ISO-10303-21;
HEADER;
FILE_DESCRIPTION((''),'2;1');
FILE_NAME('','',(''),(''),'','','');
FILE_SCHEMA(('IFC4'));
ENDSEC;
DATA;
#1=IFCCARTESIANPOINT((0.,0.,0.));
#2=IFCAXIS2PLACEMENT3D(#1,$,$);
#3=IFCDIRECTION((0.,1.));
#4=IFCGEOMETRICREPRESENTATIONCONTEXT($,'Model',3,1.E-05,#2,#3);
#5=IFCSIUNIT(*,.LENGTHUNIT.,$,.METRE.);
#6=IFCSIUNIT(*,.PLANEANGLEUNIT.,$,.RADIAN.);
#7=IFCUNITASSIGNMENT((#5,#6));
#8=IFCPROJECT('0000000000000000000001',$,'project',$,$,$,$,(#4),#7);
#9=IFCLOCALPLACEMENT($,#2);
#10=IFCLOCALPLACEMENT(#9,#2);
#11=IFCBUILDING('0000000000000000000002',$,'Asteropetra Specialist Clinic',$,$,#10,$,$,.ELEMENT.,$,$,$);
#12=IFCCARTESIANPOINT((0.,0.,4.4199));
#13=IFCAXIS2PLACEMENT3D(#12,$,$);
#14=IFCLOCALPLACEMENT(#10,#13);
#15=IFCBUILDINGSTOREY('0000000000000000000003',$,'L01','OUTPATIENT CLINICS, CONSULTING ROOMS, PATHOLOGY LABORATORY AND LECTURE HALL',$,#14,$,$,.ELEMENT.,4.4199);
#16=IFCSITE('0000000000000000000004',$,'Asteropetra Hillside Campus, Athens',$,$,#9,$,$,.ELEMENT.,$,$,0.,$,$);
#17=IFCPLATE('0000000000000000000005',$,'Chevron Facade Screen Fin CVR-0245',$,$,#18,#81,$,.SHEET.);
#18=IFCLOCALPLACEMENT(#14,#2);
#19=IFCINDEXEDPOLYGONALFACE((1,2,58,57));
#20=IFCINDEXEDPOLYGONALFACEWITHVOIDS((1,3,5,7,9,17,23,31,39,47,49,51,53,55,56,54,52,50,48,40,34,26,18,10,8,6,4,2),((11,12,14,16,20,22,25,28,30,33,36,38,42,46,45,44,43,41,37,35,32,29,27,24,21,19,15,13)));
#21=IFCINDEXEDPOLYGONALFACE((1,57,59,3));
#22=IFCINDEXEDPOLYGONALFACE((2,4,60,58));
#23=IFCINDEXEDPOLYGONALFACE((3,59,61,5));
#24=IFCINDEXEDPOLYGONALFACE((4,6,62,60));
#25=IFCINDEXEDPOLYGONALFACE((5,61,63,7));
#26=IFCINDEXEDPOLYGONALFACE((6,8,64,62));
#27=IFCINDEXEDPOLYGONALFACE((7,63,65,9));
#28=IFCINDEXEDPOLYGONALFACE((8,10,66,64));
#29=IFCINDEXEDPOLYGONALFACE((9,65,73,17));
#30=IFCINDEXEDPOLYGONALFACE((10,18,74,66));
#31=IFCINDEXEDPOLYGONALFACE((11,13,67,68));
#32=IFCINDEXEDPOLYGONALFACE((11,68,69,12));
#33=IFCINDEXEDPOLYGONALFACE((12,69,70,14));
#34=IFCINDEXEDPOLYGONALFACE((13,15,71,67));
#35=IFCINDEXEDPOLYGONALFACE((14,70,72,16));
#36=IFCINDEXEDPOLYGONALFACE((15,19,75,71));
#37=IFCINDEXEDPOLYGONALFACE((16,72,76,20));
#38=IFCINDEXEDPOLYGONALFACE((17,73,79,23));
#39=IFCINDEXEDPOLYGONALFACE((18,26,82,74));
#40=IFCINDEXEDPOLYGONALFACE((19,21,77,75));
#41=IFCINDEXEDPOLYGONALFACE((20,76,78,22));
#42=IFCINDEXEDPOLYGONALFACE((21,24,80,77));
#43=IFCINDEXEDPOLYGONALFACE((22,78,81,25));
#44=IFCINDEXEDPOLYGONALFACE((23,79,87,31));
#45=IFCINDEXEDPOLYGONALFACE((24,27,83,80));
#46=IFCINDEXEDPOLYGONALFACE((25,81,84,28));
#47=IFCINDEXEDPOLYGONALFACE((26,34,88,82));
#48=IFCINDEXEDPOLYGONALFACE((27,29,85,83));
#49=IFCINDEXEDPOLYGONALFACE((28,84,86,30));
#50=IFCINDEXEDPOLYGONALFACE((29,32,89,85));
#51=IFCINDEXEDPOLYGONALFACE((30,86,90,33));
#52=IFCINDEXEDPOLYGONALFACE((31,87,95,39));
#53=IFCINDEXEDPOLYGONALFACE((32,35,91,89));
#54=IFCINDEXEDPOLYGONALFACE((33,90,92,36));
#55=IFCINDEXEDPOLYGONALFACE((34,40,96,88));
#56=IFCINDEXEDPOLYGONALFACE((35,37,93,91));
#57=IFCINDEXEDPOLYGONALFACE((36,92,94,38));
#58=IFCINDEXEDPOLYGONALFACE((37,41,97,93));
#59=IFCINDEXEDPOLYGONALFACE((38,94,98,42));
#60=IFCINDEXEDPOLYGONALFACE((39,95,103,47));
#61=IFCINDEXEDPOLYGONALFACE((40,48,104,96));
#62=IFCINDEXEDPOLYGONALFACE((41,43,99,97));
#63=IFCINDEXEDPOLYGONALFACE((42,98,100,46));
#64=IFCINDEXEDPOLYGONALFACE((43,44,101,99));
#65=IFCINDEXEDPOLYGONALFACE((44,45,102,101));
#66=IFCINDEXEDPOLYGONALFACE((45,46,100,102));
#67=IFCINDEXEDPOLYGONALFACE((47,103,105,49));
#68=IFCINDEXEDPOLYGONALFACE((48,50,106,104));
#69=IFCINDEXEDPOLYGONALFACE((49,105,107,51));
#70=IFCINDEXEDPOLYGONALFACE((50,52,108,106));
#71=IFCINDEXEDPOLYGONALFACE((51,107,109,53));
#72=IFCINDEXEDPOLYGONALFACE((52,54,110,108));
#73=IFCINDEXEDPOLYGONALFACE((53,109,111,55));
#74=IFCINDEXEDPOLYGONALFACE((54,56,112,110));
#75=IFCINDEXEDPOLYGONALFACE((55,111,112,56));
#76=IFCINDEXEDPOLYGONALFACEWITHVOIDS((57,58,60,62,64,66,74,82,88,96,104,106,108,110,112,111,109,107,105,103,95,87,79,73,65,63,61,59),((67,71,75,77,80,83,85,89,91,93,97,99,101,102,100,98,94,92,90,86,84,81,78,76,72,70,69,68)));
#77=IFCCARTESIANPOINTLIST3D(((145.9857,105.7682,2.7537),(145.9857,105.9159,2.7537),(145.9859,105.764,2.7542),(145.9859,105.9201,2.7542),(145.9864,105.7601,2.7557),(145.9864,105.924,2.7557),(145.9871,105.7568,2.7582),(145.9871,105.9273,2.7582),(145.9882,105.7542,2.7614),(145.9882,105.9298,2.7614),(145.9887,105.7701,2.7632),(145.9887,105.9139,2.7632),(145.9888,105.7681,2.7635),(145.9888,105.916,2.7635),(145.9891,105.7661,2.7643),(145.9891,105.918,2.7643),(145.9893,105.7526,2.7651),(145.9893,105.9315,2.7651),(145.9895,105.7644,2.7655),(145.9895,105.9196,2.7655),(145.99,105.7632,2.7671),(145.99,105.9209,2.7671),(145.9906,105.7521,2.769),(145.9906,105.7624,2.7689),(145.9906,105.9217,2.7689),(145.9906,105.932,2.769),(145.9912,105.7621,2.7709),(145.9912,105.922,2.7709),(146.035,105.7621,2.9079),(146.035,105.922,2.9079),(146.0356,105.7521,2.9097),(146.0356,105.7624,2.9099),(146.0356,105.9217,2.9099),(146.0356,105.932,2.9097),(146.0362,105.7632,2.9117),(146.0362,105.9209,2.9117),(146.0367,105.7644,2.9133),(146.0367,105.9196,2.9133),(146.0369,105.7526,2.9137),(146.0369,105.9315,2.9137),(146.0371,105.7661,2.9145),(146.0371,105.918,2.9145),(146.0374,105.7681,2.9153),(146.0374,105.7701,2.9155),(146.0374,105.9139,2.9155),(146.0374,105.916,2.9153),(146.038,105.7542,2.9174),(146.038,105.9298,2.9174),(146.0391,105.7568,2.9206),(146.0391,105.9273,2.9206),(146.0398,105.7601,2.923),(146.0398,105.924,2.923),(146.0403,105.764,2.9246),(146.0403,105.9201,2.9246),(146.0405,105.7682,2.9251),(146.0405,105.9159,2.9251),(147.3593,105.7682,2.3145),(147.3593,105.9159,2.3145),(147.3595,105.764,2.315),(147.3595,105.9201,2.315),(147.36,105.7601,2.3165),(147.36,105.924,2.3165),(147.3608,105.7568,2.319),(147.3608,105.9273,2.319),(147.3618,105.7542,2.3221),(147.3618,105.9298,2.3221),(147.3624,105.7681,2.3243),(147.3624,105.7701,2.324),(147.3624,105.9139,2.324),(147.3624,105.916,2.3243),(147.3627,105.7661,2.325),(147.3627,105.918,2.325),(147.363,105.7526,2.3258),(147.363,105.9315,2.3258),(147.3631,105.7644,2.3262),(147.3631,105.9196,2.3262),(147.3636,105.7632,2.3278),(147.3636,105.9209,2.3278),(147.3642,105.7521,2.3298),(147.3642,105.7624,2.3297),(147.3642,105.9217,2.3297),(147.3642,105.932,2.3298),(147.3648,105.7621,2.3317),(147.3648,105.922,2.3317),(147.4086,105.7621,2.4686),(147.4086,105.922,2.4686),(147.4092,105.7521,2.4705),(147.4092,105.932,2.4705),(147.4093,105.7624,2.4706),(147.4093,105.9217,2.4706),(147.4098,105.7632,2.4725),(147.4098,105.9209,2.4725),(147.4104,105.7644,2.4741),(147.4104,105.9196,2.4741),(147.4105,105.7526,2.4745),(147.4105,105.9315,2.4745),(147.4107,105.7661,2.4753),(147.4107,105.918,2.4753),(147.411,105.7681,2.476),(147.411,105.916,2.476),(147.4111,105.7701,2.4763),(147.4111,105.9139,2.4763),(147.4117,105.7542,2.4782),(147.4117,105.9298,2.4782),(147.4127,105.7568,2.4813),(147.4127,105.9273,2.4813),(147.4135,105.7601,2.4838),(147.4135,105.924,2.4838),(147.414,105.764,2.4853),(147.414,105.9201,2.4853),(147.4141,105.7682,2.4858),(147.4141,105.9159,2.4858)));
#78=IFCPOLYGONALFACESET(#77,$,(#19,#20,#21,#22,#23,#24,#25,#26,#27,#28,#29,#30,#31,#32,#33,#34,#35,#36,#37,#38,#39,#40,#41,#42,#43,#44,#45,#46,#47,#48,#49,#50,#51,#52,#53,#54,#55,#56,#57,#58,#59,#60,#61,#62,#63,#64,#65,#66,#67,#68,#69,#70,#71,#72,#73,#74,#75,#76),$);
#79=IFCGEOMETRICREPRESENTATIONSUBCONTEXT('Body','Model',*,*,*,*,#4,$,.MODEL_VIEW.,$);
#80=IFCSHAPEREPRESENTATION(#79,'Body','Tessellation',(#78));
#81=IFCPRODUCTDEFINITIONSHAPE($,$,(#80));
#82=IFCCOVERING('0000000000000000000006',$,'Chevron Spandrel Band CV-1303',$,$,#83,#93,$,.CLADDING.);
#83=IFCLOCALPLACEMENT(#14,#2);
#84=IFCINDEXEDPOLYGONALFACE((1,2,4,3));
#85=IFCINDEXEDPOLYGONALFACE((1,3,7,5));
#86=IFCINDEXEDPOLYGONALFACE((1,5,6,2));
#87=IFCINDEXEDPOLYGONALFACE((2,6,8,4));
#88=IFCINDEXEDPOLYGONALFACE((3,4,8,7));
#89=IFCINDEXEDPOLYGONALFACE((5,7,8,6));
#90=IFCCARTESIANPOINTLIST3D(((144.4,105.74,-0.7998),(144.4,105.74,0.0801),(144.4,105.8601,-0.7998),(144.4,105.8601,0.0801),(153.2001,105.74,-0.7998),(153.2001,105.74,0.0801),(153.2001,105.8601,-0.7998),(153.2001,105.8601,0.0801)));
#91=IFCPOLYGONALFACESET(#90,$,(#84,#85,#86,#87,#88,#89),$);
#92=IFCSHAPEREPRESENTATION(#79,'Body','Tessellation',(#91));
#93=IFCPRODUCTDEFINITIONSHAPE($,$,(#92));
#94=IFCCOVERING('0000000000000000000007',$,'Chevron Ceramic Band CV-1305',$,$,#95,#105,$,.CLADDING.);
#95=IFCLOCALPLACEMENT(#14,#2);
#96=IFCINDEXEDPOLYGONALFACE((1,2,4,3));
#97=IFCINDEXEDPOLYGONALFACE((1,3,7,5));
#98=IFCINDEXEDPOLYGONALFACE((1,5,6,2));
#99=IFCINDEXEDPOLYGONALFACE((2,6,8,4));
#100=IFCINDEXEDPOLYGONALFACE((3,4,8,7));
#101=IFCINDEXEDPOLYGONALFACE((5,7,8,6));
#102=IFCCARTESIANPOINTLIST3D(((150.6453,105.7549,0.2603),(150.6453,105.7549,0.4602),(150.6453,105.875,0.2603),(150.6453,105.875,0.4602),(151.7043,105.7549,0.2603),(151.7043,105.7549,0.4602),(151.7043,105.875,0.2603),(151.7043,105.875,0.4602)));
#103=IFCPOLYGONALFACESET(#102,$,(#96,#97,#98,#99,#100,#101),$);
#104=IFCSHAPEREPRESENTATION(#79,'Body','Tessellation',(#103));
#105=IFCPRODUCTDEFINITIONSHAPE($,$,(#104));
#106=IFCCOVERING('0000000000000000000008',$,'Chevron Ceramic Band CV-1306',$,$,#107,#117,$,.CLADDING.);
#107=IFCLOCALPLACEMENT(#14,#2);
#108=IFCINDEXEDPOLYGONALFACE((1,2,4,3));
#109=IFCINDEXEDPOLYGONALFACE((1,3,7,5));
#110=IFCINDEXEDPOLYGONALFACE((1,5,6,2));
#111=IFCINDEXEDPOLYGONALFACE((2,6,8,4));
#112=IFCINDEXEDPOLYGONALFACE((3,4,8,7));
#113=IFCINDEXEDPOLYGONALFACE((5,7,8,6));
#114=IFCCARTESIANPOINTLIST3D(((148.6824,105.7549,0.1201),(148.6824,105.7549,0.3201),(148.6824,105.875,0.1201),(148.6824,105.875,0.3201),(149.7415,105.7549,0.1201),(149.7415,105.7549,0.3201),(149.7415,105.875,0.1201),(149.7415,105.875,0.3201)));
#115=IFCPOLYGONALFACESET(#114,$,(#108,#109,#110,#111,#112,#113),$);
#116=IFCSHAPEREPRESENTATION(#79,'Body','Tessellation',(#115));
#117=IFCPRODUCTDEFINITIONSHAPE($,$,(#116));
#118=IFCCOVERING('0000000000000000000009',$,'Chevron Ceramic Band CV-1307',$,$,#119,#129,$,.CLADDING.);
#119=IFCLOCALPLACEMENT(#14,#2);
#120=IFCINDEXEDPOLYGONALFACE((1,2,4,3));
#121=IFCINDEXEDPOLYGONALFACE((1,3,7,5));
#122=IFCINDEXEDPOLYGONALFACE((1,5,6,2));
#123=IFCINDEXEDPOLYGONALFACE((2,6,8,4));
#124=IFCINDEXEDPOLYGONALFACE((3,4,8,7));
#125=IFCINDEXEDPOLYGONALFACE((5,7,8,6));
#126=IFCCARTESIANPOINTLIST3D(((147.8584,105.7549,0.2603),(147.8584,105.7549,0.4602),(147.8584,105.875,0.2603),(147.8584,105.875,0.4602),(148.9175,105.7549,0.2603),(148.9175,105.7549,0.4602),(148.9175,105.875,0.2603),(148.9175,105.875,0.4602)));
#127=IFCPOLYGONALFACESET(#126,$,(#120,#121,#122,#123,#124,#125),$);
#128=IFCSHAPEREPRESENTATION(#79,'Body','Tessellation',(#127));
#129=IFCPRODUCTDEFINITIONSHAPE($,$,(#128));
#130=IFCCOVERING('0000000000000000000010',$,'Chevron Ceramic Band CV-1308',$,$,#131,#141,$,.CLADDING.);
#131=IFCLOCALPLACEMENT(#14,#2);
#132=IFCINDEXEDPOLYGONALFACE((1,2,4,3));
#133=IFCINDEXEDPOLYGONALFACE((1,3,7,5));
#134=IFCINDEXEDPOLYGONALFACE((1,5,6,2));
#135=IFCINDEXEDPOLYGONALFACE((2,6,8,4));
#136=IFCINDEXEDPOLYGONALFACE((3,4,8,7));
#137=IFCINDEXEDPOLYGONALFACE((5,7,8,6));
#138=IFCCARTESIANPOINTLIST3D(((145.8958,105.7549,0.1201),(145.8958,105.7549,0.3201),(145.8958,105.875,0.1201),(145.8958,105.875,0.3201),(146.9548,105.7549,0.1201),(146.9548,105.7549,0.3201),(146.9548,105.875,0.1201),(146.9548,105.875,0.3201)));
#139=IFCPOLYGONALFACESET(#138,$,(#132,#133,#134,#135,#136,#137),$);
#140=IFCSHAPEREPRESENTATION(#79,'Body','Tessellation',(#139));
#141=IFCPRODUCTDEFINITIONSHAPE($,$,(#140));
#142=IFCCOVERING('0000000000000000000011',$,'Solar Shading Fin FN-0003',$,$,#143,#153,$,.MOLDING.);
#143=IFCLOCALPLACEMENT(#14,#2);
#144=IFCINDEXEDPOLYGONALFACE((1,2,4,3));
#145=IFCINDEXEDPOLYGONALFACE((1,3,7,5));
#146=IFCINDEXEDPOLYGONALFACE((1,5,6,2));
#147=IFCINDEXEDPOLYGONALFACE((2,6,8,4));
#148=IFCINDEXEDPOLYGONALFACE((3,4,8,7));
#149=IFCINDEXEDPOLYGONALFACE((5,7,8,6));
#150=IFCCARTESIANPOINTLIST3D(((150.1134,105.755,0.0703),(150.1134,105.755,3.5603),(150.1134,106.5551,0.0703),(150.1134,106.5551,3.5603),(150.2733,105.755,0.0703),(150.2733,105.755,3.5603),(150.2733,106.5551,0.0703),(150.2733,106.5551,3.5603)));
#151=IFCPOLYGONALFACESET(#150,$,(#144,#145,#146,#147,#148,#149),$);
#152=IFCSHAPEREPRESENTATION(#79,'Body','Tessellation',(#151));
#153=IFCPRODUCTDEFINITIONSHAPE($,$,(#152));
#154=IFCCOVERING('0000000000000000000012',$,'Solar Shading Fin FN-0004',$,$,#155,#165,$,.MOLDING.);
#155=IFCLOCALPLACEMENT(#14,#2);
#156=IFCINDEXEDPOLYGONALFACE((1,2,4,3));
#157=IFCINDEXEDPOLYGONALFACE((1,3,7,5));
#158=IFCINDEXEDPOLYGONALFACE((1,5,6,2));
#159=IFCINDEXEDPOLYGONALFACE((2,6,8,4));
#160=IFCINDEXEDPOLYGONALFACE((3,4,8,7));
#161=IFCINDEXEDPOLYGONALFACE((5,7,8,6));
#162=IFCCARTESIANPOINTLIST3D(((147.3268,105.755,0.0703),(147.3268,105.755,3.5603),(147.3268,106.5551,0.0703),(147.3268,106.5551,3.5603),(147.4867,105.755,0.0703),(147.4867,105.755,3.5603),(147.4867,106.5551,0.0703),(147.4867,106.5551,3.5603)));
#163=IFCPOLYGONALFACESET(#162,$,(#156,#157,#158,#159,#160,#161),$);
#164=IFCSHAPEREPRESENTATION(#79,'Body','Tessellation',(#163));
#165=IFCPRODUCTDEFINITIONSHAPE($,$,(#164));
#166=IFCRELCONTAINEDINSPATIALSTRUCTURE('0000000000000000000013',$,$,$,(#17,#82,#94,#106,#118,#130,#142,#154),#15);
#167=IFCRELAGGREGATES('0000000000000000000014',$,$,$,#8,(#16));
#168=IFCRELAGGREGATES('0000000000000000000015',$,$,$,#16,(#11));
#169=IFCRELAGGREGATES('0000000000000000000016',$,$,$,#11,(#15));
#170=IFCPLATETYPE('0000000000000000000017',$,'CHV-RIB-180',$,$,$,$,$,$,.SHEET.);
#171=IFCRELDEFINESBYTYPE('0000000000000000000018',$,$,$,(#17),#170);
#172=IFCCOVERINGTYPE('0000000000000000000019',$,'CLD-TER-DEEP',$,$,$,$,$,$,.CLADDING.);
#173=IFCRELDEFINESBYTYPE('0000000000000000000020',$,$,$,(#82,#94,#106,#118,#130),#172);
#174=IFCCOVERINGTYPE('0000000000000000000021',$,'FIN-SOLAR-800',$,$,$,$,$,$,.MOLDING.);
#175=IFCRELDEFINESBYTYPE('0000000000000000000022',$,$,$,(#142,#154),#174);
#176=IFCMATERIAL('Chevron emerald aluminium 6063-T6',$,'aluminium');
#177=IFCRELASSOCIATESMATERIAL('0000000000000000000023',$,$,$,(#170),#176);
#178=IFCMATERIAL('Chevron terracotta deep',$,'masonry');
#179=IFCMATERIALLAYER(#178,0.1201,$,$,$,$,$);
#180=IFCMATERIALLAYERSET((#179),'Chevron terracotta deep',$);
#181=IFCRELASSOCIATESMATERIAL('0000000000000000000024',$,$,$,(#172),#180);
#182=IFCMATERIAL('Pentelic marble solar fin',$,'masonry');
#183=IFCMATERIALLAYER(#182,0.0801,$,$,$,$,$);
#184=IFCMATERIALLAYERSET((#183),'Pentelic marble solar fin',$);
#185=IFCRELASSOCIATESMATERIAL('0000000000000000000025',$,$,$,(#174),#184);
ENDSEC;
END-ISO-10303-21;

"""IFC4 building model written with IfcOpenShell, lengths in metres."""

from ifc_helpers import new_model, si_unit, direction, frame, origin, origin_2d, place, context, subcontext, project, spatial, rectangle, hollow_rectangle, extrude, material, layer, layer_set, material_profile, profile_set, type_object, element, save


model = new_model("IFC4")

# Units and contexts
model_context = context("Model", 3, precision=1e-05, world=origin(), true_north=direction((0.0, 1.0)))
body_context = subcontext(model_context, "Body", "Model", "MODEL_VIEW")
ifc_project = project(units=[si_unit("LENGTHUNIT", "METRE"), si_unit("PLANEANGLEUNIT", "RADIAN")], contexts=[model_context])

# Site, building, storey
site_placement = place(None, origin())
site = spatial("IfcSite", under=ifc_project, at=site_placement, Name="Asteropetra Hillside Campus, Athens", CompositionType="ELEMENT", RefElevation=0.0)
building_placement = place(site_placement, origin())
building = spatial("IfcBuilding", under=site, at=building_placement, Name="Asteropetra Specialist Clinic", CompositionType="ELEMENT")
storey_placement = place(building_placement, frame((0.0, 0.0, 4.4199)))
storey = spatial("IfcBuildingStorey", under=building, at=storey_placement, Name="L01", Description="OUTPATIENT CLINICS, CONSULTING ROOMS, PATHOLOGY LABORATORY AND LECTURE HALL", CompositionType="ELEMENT", Elevation=4.4199)

# Plate
ifc_material_1 = material(Name="Chevron emerald aluminium 6063-T6", Category="aluminium")
ifc_material_profile = material_profile(ifc_material_1, hollow_rectangle(XDim=0.1799, YDim=0.1799, WallThickness=0.01, InnerFilletRadius=0.0081, OuterFilletRadius=0.0161, at=origin_2d()), Name="SHS 180x180x10.0")
ifc_profile_set = profile_set([ifc_material_profile], Name="Chevron emerald aluminium 6063-T6")
plate_type = type_object("IfcPlateType", Name="CHV-RIB-180", PredefinedType="SHEET", material=ifc_profile_set)
for number, where, z_axis, x_axis, name in (
    (1, (147.3867, 105.842, 2.4001), (-0.952489, 0.0, 0.304573), (0.0, -1.0, 0.0), "Chevron Facade Screen Fin CVR-0245"),
):
    element("IfcPlate", number, at=place(storey_placement, frame(where, z_axis=z_axis, x_axis=x_axis)), inside=storey, type_object=plate_type, Name=name, PredefinedType="SHEET", context=body_context, shape_type="SweptSolid", body=[
        extrude(hollow_rectangle(XDim=0.1799, YDim=0.1799, WallThickness=0.01, InnerFilletRadius=0.0081, OuterFilletRadius=0.0161, at=origin_2d()), origin(), (0.0, 0.0, 1.0), 1.4421),
    ])

# Coverings
ifc_material_2 = material(Name="Chevron terracotta deep", Category="masonry")
ifc_layer_1 = layer(ifc_material_2, 0.1201)
ifc_layer_set_1 = layer_set([ifc_layer_1], Name="Chevron terracotta deep")
covering_type_1 = type_object("IfcCoveringType", Name="CLD-TER-DEEP", PredefinedType="CLADDING", material=ifc_layer_set_1)
covering_placement = place(storey_placement, frame((148.8, 105.8, -0.7998), z_axis=(0.0, 0.0, 1.0), x_axis=(1.0, 0.0, 0.0)))
element("IfcCovering", 2, at=covering_placement, inside=storey, type_object=covering_type_1, Name="Chevron Spandrel Band CV-1303", PredefinedType="CLADDING", context=body_context, shape_type="SweptSolid", body=[
    extrude(rectangle(XDim=8.8, YDim=0.1201, at=origin_2d()), origin(), (0.0, 0.0, 1.0), 0.8799),
])
for number, where, z_axis, x_axis, name in (
    (3, (151.1748, 105.8149, 0.2603), (0.0, 0.0, 1.0), (1.0, 0.0, 0.0), "Chevron Ceramic Band CV-1305"),
    (4, (149.2119, 105.8149, 0.1201), (0.0, 0.0, 1.0), (1.0, 0.0, 0.0), "Chevron Ceramic Band CV-1306"),
    (5, (148.3879, 105.8149, 0.2603), (0.0, 0.0, 1.0), (1.0, 0.0, 0.0), "Chevron Ceramic Band CV-1307"),
    (6, (146.4253, 105.8149, 0.1201), (0.0, 0.0, 1.0), (1.0, 0.0, 0.0), "Chevron Ceramic Band CV-1308"),
):
    element("IfcCovering", number, at=place(storey_placement, frame(where, z_axis=z_axis, x_axis=x_axis)), inside=storey, type_object=covering_type_1, Name=name, PredefinedType="CLADDING", context=body_context, shape_type="SweptSolid", body=[
        extrude(rectangle(XDim=1.0591, YDim=0.1201, at=origin_2d()), origin(), (0.0, 0.0, 1.0), 0.2),
    ])
ifc_material_3 = material(Name="Pentelic marble solar fin", Category="masonry")
ifc_layer_2 = layer(ifc_material_3, 0.0801)
ifc_layer_set_2 = layer_set([ifc_layer_2], Name="Pentelic marble solar fin")
covering_type_2 = type_object("IfcCoveringType", Name="FIN-SOLAR-800", PredefinedType="MOLDING", material=ifc_layer_set_2)
for number, where, z_axis, x_axis, name in (
    (7, (150.1934, 106.155, 0.0703), (0.0, 0.0, 1.0), (1.0, 0.0, 0.0), "Solar Shading Fin FN-0003"),
    (8, (147.4067, 106.155, 0.0703), (0.0, 0.0, 1.0), (1.0, 0.0, 0.0), "Solar Shading Fin FN-0004"),
):
    element("IfcCovering", number, at=place(storey_placement, frame(where, z_axis=z_axis, x_axis=x_axis)), inside=storey, type_object=covering_type_2, Name=name, PredefinedType="MOLDING", context=body_context, shape_type="SweptSolid", body=[
        extrude(rectangle(XDim=0.1599, YDim=0.8, at=origin_2d()), origin(), (0.0, 0.0, 1.0), 3.49),
    ])

save(model, "model.ifc")
